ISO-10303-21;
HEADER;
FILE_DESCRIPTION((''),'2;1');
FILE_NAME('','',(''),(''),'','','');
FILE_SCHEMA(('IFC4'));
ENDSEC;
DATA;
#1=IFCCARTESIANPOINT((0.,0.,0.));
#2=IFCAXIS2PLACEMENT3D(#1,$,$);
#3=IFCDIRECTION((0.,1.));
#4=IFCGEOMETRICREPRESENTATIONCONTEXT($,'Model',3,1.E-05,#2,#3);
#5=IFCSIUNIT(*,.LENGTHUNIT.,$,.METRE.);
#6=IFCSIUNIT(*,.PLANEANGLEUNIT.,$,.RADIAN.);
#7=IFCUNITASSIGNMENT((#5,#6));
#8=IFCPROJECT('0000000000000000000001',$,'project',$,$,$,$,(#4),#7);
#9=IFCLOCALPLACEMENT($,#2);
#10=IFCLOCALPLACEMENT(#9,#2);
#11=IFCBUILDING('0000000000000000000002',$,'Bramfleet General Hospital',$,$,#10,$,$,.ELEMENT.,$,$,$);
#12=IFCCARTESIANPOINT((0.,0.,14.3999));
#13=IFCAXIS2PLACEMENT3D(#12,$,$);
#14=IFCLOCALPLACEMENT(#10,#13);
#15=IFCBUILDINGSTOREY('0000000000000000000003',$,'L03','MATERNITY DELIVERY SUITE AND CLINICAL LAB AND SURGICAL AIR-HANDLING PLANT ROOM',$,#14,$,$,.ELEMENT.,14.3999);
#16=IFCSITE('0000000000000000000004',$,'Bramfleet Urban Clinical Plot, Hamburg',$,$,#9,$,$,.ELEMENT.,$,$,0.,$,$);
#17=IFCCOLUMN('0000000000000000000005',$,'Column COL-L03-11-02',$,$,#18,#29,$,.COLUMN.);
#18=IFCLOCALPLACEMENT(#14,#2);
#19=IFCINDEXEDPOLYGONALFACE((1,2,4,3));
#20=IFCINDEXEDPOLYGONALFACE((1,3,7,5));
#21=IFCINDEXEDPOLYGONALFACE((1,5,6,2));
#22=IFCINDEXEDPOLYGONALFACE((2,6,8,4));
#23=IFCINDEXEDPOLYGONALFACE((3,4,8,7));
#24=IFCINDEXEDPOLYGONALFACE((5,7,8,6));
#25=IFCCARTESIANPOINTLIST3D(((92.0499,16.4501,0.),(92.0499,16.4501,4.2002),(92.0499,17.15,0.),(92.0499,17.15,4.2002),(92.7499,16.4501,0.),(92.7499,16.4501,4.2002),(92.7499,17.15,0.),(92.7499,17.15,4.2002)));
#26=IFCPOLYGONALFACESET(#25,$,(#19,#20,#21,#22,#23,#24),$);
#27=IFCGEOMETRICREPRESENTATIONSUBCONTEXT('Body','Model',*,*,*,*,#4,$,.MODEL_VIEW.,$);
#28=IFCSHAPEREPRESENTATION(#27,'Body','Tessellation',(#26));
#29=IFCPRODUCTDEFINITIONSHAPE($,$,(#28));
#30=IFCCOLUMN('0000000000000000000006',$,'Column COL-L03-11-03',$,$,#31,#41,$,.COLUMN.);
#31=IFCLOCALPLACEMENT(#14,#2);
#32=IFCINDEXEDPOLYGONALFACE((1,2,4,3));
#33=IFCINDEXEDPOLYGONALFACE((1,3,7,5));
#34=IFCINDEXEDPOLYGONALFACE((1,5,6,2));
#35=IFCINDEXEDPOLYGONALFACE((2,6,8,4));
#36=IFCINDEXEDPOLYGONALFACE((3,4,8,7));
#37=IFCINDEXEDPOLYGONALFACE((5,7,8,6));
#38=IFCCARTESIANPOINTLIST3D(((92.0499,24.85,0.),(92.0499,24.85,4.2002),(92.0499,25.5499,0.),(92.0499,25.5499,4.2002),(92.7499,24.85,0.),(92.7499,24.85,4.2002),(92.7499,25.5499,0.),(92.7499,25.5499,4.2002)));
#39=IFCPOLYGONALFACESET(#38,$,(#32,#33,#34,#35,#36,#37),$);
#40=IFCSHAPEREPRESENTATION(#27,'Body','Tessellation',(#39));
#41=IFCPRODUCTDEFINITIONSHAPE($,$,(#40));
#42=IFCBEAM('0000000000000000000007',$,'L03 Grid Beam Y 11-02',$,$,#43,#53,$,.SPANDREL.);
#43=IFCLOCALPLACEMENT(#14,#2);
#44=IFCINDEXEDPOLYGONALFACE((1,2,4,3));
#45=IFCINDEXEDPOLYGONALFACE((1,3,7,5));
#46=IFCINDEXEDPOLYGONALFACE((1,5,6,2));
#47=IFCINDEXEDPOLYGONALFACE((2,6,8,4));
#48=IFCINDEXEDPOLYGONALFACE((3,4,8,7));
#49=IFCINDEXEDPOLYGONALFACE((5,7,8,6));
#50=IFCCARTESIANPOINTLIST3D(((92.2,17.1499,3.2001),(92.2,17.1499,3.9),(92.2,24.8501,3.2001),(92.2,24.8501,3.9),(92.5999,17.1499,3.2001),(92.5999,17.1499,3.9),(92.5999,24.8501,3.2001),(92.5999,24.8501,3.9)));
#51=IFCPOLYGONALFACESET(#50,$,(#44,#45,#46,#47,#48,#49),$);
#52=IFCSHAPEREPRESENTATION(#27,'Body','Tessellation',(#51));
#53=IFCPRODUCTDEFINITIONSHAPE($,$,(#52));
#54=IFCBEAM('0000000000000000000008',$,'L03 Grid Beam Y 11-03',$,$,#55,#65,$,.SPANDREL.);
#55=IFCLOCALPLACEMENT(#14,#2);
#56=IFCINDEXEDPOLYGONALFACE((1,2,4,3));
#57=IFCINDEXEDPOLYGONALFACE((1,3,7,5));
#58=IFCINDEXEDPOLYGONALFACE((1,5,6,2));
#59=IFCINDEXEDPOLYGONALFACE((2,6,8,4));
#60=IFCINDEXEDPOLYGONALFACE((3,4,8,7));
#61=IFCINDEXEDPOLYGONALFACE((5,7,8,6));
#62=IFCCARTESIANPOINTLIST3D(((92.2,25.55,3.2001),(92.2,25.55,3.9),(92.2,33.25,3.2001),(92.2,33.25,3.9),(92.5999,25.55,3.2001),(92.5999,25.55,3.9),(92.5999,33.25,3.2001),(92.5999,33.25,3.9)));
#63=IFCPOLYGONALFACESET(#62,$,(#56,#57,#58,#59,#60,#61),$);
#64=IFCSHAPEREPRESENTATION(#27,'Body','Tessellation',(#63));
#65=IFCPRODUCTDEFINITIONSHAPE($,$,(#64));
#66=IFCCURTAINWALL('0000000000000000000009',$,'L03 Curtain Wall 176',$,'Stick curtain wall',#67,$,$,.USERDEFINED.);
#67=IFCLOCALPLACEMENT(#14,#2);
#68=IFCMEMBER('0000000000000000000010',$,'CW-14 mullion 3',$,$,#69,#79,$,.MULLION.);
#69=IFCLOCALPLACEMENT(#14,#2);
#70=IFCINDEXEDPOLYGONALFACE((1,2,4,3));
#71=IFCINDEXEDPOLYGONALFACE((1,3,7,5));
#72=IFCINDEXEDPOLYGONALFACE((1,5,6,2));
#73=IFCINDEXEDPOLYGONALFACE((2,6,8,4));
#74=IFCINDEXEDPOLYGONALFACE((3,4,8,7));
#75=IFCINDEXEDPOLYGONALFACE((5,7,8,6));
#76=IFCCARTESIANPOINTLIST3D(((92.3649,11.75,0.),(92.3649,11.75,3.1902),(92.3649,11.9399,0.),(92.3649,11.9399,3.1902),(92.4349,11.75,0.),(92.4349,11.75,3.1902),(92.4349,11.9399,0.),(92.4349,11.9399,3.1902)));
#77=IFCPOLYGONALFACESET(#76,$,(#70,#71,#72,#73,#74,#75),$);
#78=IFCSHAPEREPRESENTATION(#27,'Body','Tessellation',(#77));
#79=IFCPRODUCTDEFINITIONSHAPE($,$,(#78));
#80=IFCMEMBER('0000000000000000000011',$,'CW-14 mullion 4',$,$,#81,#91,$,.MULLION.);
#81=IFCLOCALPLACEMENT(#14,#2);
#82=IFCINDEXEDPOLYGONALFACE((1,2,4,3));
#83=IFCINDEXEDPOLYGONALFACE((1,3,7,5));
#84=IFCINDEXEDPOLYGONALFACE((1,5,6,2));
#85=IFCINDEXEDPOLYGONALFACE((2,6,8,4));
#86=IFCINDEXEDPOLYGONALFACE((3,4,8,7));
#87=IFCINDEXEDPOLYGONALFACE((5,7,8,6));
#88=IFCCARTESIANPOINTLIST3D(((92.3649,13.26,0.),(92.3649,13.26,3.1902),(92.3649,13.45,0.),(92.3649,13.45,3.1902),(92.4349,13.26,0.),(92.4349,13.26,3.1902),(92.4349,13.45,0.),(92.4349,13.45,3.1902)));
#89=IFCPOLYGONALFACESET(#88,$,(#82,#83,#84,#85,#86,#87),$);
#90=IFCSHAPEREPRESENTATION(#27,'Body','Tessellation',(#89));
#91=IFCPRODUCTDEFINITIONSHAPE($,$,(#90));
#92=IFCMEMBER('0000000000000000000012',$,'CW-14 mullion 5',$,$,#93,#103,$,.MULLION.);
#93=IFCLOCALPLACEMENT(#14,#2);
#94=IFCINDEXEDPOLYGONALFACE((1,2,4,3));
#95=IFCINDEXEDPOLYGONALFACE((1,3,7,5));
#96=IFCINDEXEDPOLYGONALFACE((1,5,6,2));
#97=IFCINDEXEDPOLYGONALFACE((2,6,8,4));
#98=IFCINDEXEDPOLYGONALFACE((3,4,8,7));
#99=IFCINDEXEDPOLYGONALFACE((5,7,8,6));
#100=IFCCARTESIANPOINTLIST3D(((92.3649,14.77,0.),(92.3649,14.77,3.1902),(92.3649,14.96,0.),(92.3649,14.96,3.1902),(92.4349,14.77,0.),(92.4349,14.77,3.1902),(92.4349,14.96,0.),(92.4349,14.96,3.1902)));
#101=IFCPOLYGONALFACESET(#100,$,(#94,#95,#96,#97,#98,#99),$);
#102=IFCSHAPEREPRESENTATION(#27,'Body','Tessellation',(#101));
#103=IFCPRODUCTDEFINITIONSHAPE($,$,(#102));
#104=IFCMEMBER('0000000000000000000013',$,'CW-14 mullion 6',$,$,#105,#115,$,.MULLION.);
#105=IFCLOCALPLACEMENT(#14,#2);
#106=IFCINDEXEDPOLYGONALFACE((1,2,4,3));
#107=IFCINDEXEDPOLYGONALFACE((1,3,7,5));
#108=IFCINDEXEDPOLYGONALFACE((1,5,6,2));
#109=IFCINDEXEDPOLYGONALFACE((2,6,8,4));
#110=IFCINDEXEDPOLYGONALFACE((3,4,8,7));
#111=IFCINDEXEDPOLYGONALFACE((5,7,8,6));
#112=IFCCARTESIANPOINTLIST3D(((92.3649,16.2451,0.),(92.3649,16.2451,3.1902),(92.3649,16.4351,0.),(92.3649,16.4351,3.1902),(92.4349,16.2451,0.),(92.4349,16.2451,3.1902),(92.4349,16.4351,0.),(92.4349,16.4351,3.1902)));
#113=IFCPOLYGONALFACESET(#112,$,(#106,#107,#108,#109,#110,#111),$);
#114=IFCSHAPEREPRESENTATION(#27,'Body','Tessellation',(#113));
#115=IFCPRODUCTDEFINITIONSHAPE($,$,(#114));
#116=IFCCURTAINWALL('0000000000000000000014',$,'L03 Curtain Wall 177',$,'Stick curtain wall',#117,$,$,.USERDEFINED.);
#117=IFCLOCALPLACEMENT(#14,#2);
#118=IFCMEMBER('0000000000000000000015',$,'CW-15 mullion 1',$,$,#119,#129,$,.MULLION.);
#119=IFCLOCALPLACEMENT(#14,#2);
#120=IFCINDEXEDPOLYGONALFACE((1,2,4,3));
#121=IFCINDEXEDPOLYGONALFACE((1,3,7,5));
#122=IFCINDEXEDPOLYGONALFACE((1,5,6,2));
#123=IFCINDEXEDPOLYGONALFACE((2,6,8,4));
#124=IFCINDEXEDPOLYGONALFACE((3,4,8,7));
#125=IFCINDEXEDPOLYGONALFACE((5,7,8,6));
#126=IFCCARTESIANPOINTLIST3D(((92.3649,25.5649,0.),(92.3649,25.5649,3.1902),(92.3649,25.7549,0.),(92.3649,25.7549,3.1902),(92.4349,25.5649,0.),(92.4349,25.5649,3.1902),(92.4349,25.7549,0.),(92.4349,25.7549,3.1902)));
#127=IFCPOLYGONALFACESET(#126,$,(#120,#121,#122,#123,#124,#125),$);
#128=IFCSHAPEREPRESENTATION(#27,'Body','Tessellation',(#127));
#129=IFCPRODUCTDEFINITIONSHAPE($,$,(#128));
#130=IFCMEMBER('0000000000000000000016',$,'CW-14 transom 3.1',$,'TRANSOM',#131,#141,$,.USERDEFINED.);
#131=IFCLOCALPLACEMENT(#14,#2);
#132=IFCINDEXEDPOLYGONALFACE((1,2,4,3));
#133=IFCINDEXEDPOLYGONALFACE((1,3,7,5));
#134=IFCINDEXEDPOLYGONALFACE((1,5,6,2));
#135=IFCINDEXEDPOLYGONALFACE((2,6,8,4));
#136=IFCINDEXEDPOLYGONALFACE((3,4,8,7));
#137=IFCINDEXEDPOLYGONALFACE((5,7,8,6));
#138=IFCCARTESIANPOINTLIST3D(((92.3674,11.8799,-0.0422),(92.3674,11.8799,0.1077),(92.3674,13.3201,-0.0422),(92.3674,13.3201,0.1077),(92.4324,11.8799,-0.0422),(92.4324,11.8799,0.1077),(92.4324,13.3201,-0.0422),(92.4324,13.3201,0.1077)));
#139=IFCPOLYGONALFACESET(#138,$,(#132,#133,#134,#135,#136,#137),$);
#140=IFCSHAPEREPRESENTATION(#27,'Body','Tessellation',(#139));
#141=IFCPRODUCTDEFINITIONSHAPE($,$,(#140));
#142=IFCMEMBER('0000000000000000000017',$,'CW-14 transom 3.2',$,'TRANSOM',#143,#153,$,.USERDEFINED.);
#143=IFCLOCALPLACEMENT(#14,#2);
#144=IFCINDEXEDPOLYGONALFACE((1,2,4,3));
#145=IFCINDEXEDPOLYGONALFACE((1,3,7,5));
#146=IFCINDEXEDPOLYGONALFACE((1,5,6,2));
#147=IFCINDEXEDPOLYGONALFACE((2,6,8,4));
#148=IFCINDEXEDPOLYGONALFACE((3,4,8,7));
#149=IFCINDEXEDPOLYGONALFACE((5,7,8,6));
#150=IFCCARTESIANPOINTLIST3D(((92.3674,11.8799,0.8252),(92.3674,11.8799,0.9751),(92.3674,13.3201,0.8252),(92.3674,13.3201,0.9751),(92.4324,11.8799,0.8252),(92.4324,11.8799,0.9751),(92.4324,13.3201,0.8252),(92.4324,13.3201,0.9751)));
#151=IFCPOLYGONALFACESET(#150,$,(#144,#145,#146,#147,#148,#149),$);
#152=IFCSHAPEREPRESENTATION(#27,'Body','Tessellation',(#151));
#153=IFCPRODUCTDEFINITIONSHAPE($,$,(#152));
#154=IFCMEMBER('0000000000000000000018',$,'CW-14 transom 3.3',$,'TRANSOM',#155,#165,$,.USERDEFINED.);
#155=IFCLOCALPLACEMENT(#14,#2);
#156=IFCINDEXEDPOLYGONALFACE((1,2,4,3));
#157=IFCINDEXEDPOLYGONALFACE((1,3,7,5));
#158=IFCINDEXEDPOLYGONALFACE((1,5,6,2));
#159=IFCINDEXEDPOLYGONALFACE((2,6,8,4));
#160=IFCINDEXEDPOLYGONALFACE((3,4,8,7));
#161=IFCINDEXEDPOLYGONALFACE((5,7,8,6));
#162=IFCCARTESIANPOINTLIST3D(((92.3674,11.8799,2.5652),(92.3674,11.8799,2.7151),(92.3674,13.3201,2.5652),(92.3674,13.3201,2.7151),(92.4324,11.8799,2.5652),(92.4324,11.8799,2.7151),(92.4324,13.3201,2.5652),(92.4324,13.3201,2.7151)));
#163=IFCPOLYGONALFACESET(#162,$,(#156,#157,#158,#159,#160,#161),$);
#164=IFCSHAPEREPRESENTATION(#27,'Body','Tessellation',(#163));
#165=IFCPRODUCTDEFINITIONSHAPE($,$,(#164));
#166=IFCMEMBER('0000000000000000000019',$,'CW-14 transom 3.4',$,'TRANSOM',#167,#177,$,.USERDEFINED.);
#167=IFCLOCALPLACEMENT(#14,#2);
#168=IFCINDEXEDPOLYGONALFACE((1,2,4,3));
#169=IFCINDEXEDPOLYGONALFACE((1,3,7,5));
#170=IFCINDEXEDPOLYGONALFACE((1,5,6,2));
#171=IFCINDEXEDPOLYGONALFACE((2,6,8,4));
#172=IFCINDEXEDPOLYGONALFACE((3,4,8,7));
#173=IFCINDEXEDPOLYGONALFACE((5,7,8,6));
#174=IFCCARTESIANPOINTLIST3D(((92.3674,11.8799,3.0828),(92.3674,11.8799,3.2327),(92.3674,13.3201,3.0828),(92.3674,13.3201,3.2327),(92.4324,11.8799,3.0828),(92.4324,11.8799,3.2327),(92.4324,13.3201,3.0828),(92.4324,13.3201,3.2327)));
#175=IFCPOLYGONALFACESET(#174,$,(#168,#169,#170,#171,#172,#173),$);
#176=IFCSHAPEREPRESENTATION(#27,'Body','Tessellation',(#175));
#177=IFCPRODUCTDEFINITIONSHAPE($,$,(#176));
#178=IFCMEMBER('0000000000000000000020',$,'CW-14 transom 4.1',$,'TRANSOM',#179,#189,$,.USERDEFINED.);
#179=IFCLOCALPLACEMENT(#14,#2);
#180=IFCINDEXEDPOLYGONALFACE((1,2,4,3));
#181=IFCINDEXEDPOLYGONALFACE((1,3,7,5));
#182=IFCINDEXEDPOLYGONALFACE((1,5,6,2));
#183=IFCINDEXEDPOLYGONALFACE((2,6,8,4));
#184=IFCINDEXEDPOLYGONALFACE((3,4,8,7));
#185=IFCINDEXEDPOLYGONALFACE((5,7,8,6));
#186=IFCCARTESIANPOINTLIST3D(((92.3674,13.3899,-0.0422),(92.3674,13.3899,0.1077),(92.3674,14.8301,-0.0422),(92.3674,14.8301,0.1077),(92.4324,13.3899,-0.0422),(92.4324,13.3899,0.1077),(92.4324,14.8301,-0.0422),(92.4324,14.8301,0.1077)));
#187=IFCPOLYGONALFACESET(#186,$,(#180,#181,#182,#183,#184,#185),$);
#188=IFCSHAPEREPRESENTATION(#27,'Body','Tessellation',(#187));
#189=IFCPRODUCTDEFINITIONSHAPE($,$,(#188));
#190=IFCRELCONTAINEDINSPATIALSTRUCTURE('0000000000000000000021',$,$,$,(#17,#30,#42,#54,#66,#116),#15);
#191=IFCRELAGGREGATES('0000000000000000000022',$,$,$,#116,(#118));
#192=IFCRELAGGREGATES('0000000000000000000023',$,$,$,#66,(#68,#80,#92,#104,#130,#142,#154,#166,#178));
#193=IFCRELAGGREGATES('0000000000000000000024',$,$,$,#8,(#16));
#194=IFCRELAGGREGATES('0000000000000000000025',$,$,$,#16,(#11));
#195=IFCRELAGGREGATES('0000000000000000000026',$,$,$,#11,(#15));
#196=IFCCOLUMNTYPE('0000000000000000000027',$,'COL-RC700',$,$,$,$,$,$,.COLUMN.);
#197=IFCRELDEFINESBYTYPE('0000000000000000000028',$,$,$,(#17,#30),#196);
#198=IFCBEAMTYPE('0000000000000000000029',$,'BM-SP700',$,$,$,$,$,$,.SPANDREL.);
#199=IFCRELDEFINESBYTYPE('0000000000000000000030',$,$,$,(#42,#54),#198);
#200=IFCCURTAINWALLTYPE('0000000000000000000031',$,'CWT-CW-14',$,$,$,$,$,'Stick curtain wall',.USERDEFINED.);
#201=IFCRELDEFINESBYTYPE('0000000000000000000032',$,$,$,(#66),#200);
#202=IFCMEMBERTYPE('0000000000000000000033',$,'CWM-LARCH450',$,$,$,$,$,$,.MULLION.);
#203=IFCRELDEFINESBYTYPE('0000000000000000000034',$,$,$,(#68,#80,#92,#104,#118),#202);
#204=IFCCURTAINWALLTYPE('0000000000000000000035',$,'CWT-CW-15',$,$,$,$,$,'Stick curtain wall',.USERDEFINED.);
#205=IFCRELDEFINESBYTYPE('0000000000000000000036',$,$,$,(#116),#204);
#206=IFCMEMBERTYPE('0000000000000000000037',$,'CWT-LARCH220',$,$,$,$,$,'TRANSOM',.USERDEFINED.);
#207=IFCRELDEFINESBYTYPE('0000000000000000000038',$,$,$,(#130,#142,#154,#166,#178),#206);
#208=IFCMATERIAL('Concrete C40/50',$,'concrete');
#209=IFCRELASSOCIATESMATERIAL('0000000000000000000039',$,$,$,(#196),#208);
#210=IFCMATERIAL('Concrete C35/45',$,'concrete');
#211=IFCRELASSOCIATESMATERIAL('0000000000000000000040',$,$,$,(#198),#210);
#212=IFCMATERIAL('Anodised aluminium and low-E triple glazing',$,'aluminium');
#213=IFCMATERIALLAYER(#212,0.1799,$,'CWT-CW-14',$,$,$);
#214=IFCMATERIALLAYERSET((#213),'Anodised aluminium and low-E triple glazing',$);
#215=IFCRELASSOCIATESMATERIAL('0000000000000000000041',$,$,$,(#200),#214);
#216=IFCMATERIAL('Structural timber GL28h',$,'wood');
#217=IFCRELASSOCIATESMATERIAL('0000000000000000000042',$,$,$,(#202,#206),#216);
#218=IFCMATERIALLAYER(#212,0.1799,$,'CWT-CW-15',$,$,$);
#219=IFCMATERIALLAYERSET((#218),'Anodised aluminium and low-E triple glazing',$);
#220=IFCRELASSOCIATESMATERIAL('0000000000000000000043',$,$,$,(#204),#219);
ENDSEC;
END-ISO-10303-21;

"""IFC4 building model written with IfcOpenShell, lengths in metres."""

from ifc_helpers import new_model, si_unit, direction, frame, origin, origin_2d, place, context, subcontext, project, spatial, rectangle, extrude, material, layer, layer_set, material_profile, profile_set, type_object, element, aggregate, save


model = new_model("IFC4")

# Units and contexts
model_context = context("Model", 3, precision=1e-05, world=origin(), true_north=direction((0.0, 1.0)))
body_context = subcontext(model_context, "Body", "Model", "MODEL_VIEW")
ifc_project = project(units=[si_unit("LENGTHUNIT", "METRE"), si_unit("PLANEANGLEUNIT", "RADIAN")], contexts=[model_context])

# Site, building, storey
site_placement = place(None, origin())
site = spatial("IfcSite", under=ifc_project, at=site_placement, Name="Bramfleet Urban Clinical Plot, Hamburg", CompositionType="ELEMENT", RefElevation=0.0)
building_placement = place(site_placement, origin())
building = spatial("IfcBuilding", under=site, at=building_placement, Name="Bramfleet General Hospital", CompositionType="ELEMENT")
storey_placement = place(building_placement, frame((0.0, 0.0, 14.3999)))
storey = spatial("IfcBuildingStorey", under=building, at=storey_placement, Name="L03", Description="MATERNITY DELIVERY SUITE AND CLINICAL LAB AND SURGICAL AIR-HANDLING PLANT ROOM", CompositionType="ELEMENT", Elevation=14.3999)

# Columns
ifc_material_1 = material(Name="Concrete C40/50", Category="concrete")
ifc_material_profile_1 = material_profile(ifc_material_1, rectangle(XDim=0.7, YDim=0.7, at=origin_2d()), Name="RC COL 700x700")
ifc_profile_set_1 = profile_set([ifc_material_profile_1], Name="Concrete C40/50")
column_type = type_object("IfcColumnType", Name="COL-RC700", PredefinedType="COLUMN", material=ifc_profile_set_1)
for number, where, z_axis, x_axis, name in (
    (1, (92.3999, 16.8, 0.0), (0.0, 0.0, 1.0), (1.0, 0.0, 0.0), "Column COL-L03-11-02"),
    (2, (92.3999, 25.2, 0.0), (0.0, 0.0, 1.0), (1.0, 0.0, 0.0), "Column COL-L03-11-03"),
):
    element("IfcColumn", number, at=place(storey_placement, frame(where, z_axis=z_axis, x_axis=x_axis)), inside=storey, type_object=column_type, Name=name, PredefinedType="COLUMN", context=body_context, shape_type="SweptSolid", body=[
        extrude(rectangle(XDim=0.7, YDim=0.7, at=origin_2d()), origin(), (0.0, 0.0, 1.0), 4.2002),
    ])

# Beams
ifc_material_2 = material(Name="Concrete C35/45", Category="concrete")
ifc_material_profile_2 = material_profile(ifc_material_2, rectangle(XDim=0.3999, YDim=0.7, at=origin_2d()), Name="RC SP 700x400")
ifc_profile_set_2 = profile_set([ifc_material_profile_2], Name="Concrete C35/45")
beam_type = type_object("IfcBeamType", Name="BM-SP700", PredefinedType="SPANDREL", material=ifc_profile_set_2)
beam_1_placement = place(storey_placement, frame((92.3999, 17.1499, 3.55), z_axis=(0.0, 1.0, 0.0), x_axis=(-1.0, 0.0, 0.0)))
element("IfcBeam", 3, at=beam_1_placement, inside=storey, type_object=beam_type, Name="L03 Grid Beam Y 11-02", PredefinedType="SPANDREL", context=body_context, shape_type="SweptSolid", body=[
    extrude(rectangle(XDim=0.3999, YDim=0.7, at=origin_2d()), origin(), (0.0, 0.0, 1.0), 7.7002),
])
beam_2_placement = place(storey_placement, frame((92.3999, 25.55, 3.55), z_axis=(0.0, 1.0, 0.0), x_axis=(-1.0, 0.0, 0.0)))
element("IfcBeam", 4, at=beam_2_placement, inside=storey, type_object=beam_type, Name="L03 Grid Beam Y 11-03", PredefinedType="SPANDREL", context=body_context, shape_type="SweptSolid", body=[
    extrude(rectangle(XDim=0.3999, YDim=0.7, at=origin_2d()), origin(), (0.0, 0.0, 1.0), 7.7),
])

# Curtain wall, members
ifc_material_3 = material(Name="Anodised aluminium and low-E triple glazing", Category="aluminium")
ifc_layer_1 = layer(ifc_material_3, 0.1799, Name="CWT-CW-14")
ifc_layer_set_1 = layer_set([ifc_layer_1], Name="Anodised aluminium and low-E triple glazing")
curtain_wall_type_1 = type_object("IfcCurtainWallType", Name="CWT-CW-14", ElementType="Stick curtain wall", PredefinedType="USERDEFINED", material=ifc_layer_set_1)
curtain_wall_1_placement = place(storey_placement, origin())
curtain_wall_1 = element("IfcCurtainWall", 5, at=curtain_wall_1_placement, inside=storey, type_object=curtain_wall_type_1, Name="L03 Curtain Wall 176", ObjectType="Stick curtain wall", PredefinedType="USERDEFINED")
ifc_material_4 = material(Name="Structural timber GL28h", Category="wood")
ifc_material_profile_3 = material_profile(ifc_material_4, rectangle(XDim=0.0701, YDim=0.1899, at=origin_2d()), Name="LARCH 190x70")
ifc_profile_set_3 = profile_set([ifc_material_profile_3], Name="Structural timber GL28h")
member_type_1 = type_object("IfcMemberType", Name="CWM-LARCH450", PredefinedType="MULLION", material=ifc_profile_set_3)
member_1_placement = place(storey_placement, frame((92.3999, 11.845, 0.0), z_axis=(0.0, 0.0, 1.0), x_axis=(-1.0, 0.0, 0.0)))
member_1 = element("IfcMember", 6, at=member_1_placement, type_object=member_type_1, Name="CW-14 mullion 3", PredefinedType="MULLION", context=body_context, shape_type="SweptSolid", body=[
    extrude(rectangle(XDim=0.0701, YDim=0.1899, at=origin_2d()), origin(), (0.0, 0.0, 1.0), 3.1902),
])
member_2_placement = place(storey_placement, frame((92.3999, 13.355, 0.0), z_axis=(0.0, 0.0, 1.0), x_axis=(-1.0, 0.0, 0.0)))
member_2 = element("IfcMember", 7, at=member_2_placement, type_object=member_type_1, Name="CW-14 mullion 4", PredefinedType="MULLION", context=body_context, shape_type="SweptSolid", body=[
    extrude(rectangle(XDim=0.0701, YDim=0.1899, at=origin_2d()), origin(), (0.0, 0.0, 1.0), 3.1902),
])
member_3_placement = place(storey_placement, frame((92.3999, 14.865, 0.0), z_axis=(0.0, 0.0, 1.0), x_axis=(-1.0, 0.0, 0.0)))
member_3 = element("IfcMember", 8, at=member_3_placement, type_object=member_type_1, Name="CW-14 mullion 5", PredefinedType="MULLION", context=body_context, shape_type="SweptSolid", body=[
    extrude(rectangle(XDim=0.0701, YDim=0.1899, at=origin_2d()), origin(), (0.0, 0.0, 1.0), 3.1902),
])
member_4_placement = place(storey_placement, frame((92.3999, 16.3401, 0.0), z_axis=(0.0, 0.0, 1.0), x_axis=(-1.0, 0.0, 0.0)))
member_4 = element("IfcMember", 9, at=member_4_placement, type_object=member_type_1, Name="CW-14 mullion 6", PredefinedType="MULLION", context=body_context, shape_type="SweptSolid", body=[
    extrude(rectangle(XDim=0.0701, YDim=0.1899, at=origin_2d()), origin(), (0.0, 0.0, 1.0), 3.1902),
])

# Curtain wall, member
ifc_layer_2 = layer(ifc_material_3, 0.1799, Name="CWT-CW-15")
ifc_layer_set_2 = layer_set([ifc_layer_2], Name="Anodised aluminium and low-E triple glazing")
curtain_wall_type_2 = type_object("IfcCurtainWallType", Name="CWT-CW-15", ElementType="Stick curtain wall", PredefinedType="USERDEFINED", material=ifc_layer_set_2)
curtain_wall_2_placement = place(storey_placement, origin())
curtain_wall_2 = element("IfcCurtainWall", 10, at=curtain_wall_2_placement, inside=storey, type_object=curtain_wall_type_2, Name="L03 Curtain Wall 177", ObjectType="Stick curtain wall", PredefinedType="USERDEFINED")
member_5_placement = place(storey_placement, frame((92.3999, 25.6599, 0.0), z_axis=(0.0, 0.0, 1.0), x_axis=(-1.0, 0.0, 0.0)))
member_5 = element("IfcMember", 11, at=member_5_placement, type_object=member_type_1, Name="CW-15 mullion 1", PredefinedType="MULLION", context=body_context, shape_type="SweptSolid", body=[
    extrude(rectangle(XDim=0.0701, YDim=0.1899, at=origin_2d()), origin(), (0.0, 0.0, 1.0), 3.1902),
])
aggregate(curtain_wall_2, [member_5])

# Members
ifc_material_profile_4 = material_profile(ifc_material_4, rectangle(XDim=0.0649, YDim=0.1499, at=origin_2d()), Name="LARCH 150x65")
ifc_profile_set_4 = profile_set([ifc_material_profile_4], Name="Structural timber GL28h")
member_type_2 = type_object("IfcMemberType", Name="CWT-LARCH220", ElementType="TRANSOM", PredefinedType="USERDEFINED", material=ifc_profile_set_4)
member_6_placement = place(storey_placement, frame((92.3999, 11.8799, 0.0327), z_axis=(0.0, 1.0, 0.0), x_axis=(-1.0, 0.0, 0.0)))
member_6 = element("IfcMember", 12, at=member_6_placement, type_object=member_type_2, Name="CW-14 transom 3.1", ObjectType="TRANSOM", PredefinedType="USERDEFINED", context=body_context, shape_type="SweptSolid", body=[
    extrude(rectangle(XDim=0.0649, YDim=0.1499, at=origin_2d()), origin(), (0.0, 0.0, 1.0), 1.4402),
])
member_7_placement = place(storey_placement, frame((92.3999, 11.8799, 0.9001), z_axis=(0.0, 1.0, 0.0), x_axis=(-1.0, 0.0, 0.0)))
member_7 = element("IfcMember", 13, at=member_7_placement, type_object=member_type_2, Name="CW-14 transom 3.2", ObjectType="TRANSOM", PredefinedType="USERDEFINED", context=body_context, shape_type="SweptSolid", body=[
    extrude(rectangle(XDim=0.0649, YDim=0.1499, at=origin_2d()), origin(), (0.0, 0.0, 1.0), 1.4402),
])
member_8_placement = place(storey_placement, frame((92.3999, 11.8799, 2.6401), z_axis=(0.0, 1.0, 0.0), x_axis=(-1.0, 0.0, 0.0)))
member_8 = element("IfcMember", 14, at=member_8_placement, type_object=member_type_2, Name="CW-14 transom 3.3", ObjectType="TRANSOM", PredefinedType="USERDEFINED", context=body_context, shape_type="SweptSolid", body=[
    extrude(rectangle(XDim=0.0649, YDim=0.1499, at=origin_2d()), origin(), (0.0, 0.0, 1.0), 1.4402),
])
member_9_placement = place(storey_placement, frame((92.3999, 11.8799, 3.1577), z_axis=(0.0, 1.0, 0.0), x_axis=(-1.0, 0.0, 0.0)))
member_9 = element("IfcMember", 15, at=member_9_placement, type_object=member_type_2, Name="CW-14 transom 3.4", ObjectType="TRANSOM", PredefinedType="USERDEFINED", context=body_context, shape_type="SweptSolid", body=[
    extrude(rectangle(XDim=0.0649, YDim=0.1499, at=origin_2d()), origin(), (0.0, 0.0, 1.0), 1.4402),
])
member_10_placement = place(storey_placement, frame((92.3999, 13.3899, 0.0327), z_axis=(0.0, 1.0, 0.0), x_axis=(-1.0, 0.0, 0.0)))
member_10 = element("IfcMember", 16, at=member_10_placement, type_object=member_type_2, Name="CW-14 transom 4.1", ObjectType="TRANSOM", PredefinedType="USERDEFINED", context=body_context, shape_type="SweptSolid", body=[
    extrude(rectangle(XDim=0.0649, YDim=0.1499, at=origin_2d()), origin(), (0.0, 0.0, 1.0), 1.4402),
])

aggregate(curtain_wall_1, [member_1, member_2, member_3, member_4, member_6, member_7, member_8, member_9, member_10])

save(model, "model.ifc")
